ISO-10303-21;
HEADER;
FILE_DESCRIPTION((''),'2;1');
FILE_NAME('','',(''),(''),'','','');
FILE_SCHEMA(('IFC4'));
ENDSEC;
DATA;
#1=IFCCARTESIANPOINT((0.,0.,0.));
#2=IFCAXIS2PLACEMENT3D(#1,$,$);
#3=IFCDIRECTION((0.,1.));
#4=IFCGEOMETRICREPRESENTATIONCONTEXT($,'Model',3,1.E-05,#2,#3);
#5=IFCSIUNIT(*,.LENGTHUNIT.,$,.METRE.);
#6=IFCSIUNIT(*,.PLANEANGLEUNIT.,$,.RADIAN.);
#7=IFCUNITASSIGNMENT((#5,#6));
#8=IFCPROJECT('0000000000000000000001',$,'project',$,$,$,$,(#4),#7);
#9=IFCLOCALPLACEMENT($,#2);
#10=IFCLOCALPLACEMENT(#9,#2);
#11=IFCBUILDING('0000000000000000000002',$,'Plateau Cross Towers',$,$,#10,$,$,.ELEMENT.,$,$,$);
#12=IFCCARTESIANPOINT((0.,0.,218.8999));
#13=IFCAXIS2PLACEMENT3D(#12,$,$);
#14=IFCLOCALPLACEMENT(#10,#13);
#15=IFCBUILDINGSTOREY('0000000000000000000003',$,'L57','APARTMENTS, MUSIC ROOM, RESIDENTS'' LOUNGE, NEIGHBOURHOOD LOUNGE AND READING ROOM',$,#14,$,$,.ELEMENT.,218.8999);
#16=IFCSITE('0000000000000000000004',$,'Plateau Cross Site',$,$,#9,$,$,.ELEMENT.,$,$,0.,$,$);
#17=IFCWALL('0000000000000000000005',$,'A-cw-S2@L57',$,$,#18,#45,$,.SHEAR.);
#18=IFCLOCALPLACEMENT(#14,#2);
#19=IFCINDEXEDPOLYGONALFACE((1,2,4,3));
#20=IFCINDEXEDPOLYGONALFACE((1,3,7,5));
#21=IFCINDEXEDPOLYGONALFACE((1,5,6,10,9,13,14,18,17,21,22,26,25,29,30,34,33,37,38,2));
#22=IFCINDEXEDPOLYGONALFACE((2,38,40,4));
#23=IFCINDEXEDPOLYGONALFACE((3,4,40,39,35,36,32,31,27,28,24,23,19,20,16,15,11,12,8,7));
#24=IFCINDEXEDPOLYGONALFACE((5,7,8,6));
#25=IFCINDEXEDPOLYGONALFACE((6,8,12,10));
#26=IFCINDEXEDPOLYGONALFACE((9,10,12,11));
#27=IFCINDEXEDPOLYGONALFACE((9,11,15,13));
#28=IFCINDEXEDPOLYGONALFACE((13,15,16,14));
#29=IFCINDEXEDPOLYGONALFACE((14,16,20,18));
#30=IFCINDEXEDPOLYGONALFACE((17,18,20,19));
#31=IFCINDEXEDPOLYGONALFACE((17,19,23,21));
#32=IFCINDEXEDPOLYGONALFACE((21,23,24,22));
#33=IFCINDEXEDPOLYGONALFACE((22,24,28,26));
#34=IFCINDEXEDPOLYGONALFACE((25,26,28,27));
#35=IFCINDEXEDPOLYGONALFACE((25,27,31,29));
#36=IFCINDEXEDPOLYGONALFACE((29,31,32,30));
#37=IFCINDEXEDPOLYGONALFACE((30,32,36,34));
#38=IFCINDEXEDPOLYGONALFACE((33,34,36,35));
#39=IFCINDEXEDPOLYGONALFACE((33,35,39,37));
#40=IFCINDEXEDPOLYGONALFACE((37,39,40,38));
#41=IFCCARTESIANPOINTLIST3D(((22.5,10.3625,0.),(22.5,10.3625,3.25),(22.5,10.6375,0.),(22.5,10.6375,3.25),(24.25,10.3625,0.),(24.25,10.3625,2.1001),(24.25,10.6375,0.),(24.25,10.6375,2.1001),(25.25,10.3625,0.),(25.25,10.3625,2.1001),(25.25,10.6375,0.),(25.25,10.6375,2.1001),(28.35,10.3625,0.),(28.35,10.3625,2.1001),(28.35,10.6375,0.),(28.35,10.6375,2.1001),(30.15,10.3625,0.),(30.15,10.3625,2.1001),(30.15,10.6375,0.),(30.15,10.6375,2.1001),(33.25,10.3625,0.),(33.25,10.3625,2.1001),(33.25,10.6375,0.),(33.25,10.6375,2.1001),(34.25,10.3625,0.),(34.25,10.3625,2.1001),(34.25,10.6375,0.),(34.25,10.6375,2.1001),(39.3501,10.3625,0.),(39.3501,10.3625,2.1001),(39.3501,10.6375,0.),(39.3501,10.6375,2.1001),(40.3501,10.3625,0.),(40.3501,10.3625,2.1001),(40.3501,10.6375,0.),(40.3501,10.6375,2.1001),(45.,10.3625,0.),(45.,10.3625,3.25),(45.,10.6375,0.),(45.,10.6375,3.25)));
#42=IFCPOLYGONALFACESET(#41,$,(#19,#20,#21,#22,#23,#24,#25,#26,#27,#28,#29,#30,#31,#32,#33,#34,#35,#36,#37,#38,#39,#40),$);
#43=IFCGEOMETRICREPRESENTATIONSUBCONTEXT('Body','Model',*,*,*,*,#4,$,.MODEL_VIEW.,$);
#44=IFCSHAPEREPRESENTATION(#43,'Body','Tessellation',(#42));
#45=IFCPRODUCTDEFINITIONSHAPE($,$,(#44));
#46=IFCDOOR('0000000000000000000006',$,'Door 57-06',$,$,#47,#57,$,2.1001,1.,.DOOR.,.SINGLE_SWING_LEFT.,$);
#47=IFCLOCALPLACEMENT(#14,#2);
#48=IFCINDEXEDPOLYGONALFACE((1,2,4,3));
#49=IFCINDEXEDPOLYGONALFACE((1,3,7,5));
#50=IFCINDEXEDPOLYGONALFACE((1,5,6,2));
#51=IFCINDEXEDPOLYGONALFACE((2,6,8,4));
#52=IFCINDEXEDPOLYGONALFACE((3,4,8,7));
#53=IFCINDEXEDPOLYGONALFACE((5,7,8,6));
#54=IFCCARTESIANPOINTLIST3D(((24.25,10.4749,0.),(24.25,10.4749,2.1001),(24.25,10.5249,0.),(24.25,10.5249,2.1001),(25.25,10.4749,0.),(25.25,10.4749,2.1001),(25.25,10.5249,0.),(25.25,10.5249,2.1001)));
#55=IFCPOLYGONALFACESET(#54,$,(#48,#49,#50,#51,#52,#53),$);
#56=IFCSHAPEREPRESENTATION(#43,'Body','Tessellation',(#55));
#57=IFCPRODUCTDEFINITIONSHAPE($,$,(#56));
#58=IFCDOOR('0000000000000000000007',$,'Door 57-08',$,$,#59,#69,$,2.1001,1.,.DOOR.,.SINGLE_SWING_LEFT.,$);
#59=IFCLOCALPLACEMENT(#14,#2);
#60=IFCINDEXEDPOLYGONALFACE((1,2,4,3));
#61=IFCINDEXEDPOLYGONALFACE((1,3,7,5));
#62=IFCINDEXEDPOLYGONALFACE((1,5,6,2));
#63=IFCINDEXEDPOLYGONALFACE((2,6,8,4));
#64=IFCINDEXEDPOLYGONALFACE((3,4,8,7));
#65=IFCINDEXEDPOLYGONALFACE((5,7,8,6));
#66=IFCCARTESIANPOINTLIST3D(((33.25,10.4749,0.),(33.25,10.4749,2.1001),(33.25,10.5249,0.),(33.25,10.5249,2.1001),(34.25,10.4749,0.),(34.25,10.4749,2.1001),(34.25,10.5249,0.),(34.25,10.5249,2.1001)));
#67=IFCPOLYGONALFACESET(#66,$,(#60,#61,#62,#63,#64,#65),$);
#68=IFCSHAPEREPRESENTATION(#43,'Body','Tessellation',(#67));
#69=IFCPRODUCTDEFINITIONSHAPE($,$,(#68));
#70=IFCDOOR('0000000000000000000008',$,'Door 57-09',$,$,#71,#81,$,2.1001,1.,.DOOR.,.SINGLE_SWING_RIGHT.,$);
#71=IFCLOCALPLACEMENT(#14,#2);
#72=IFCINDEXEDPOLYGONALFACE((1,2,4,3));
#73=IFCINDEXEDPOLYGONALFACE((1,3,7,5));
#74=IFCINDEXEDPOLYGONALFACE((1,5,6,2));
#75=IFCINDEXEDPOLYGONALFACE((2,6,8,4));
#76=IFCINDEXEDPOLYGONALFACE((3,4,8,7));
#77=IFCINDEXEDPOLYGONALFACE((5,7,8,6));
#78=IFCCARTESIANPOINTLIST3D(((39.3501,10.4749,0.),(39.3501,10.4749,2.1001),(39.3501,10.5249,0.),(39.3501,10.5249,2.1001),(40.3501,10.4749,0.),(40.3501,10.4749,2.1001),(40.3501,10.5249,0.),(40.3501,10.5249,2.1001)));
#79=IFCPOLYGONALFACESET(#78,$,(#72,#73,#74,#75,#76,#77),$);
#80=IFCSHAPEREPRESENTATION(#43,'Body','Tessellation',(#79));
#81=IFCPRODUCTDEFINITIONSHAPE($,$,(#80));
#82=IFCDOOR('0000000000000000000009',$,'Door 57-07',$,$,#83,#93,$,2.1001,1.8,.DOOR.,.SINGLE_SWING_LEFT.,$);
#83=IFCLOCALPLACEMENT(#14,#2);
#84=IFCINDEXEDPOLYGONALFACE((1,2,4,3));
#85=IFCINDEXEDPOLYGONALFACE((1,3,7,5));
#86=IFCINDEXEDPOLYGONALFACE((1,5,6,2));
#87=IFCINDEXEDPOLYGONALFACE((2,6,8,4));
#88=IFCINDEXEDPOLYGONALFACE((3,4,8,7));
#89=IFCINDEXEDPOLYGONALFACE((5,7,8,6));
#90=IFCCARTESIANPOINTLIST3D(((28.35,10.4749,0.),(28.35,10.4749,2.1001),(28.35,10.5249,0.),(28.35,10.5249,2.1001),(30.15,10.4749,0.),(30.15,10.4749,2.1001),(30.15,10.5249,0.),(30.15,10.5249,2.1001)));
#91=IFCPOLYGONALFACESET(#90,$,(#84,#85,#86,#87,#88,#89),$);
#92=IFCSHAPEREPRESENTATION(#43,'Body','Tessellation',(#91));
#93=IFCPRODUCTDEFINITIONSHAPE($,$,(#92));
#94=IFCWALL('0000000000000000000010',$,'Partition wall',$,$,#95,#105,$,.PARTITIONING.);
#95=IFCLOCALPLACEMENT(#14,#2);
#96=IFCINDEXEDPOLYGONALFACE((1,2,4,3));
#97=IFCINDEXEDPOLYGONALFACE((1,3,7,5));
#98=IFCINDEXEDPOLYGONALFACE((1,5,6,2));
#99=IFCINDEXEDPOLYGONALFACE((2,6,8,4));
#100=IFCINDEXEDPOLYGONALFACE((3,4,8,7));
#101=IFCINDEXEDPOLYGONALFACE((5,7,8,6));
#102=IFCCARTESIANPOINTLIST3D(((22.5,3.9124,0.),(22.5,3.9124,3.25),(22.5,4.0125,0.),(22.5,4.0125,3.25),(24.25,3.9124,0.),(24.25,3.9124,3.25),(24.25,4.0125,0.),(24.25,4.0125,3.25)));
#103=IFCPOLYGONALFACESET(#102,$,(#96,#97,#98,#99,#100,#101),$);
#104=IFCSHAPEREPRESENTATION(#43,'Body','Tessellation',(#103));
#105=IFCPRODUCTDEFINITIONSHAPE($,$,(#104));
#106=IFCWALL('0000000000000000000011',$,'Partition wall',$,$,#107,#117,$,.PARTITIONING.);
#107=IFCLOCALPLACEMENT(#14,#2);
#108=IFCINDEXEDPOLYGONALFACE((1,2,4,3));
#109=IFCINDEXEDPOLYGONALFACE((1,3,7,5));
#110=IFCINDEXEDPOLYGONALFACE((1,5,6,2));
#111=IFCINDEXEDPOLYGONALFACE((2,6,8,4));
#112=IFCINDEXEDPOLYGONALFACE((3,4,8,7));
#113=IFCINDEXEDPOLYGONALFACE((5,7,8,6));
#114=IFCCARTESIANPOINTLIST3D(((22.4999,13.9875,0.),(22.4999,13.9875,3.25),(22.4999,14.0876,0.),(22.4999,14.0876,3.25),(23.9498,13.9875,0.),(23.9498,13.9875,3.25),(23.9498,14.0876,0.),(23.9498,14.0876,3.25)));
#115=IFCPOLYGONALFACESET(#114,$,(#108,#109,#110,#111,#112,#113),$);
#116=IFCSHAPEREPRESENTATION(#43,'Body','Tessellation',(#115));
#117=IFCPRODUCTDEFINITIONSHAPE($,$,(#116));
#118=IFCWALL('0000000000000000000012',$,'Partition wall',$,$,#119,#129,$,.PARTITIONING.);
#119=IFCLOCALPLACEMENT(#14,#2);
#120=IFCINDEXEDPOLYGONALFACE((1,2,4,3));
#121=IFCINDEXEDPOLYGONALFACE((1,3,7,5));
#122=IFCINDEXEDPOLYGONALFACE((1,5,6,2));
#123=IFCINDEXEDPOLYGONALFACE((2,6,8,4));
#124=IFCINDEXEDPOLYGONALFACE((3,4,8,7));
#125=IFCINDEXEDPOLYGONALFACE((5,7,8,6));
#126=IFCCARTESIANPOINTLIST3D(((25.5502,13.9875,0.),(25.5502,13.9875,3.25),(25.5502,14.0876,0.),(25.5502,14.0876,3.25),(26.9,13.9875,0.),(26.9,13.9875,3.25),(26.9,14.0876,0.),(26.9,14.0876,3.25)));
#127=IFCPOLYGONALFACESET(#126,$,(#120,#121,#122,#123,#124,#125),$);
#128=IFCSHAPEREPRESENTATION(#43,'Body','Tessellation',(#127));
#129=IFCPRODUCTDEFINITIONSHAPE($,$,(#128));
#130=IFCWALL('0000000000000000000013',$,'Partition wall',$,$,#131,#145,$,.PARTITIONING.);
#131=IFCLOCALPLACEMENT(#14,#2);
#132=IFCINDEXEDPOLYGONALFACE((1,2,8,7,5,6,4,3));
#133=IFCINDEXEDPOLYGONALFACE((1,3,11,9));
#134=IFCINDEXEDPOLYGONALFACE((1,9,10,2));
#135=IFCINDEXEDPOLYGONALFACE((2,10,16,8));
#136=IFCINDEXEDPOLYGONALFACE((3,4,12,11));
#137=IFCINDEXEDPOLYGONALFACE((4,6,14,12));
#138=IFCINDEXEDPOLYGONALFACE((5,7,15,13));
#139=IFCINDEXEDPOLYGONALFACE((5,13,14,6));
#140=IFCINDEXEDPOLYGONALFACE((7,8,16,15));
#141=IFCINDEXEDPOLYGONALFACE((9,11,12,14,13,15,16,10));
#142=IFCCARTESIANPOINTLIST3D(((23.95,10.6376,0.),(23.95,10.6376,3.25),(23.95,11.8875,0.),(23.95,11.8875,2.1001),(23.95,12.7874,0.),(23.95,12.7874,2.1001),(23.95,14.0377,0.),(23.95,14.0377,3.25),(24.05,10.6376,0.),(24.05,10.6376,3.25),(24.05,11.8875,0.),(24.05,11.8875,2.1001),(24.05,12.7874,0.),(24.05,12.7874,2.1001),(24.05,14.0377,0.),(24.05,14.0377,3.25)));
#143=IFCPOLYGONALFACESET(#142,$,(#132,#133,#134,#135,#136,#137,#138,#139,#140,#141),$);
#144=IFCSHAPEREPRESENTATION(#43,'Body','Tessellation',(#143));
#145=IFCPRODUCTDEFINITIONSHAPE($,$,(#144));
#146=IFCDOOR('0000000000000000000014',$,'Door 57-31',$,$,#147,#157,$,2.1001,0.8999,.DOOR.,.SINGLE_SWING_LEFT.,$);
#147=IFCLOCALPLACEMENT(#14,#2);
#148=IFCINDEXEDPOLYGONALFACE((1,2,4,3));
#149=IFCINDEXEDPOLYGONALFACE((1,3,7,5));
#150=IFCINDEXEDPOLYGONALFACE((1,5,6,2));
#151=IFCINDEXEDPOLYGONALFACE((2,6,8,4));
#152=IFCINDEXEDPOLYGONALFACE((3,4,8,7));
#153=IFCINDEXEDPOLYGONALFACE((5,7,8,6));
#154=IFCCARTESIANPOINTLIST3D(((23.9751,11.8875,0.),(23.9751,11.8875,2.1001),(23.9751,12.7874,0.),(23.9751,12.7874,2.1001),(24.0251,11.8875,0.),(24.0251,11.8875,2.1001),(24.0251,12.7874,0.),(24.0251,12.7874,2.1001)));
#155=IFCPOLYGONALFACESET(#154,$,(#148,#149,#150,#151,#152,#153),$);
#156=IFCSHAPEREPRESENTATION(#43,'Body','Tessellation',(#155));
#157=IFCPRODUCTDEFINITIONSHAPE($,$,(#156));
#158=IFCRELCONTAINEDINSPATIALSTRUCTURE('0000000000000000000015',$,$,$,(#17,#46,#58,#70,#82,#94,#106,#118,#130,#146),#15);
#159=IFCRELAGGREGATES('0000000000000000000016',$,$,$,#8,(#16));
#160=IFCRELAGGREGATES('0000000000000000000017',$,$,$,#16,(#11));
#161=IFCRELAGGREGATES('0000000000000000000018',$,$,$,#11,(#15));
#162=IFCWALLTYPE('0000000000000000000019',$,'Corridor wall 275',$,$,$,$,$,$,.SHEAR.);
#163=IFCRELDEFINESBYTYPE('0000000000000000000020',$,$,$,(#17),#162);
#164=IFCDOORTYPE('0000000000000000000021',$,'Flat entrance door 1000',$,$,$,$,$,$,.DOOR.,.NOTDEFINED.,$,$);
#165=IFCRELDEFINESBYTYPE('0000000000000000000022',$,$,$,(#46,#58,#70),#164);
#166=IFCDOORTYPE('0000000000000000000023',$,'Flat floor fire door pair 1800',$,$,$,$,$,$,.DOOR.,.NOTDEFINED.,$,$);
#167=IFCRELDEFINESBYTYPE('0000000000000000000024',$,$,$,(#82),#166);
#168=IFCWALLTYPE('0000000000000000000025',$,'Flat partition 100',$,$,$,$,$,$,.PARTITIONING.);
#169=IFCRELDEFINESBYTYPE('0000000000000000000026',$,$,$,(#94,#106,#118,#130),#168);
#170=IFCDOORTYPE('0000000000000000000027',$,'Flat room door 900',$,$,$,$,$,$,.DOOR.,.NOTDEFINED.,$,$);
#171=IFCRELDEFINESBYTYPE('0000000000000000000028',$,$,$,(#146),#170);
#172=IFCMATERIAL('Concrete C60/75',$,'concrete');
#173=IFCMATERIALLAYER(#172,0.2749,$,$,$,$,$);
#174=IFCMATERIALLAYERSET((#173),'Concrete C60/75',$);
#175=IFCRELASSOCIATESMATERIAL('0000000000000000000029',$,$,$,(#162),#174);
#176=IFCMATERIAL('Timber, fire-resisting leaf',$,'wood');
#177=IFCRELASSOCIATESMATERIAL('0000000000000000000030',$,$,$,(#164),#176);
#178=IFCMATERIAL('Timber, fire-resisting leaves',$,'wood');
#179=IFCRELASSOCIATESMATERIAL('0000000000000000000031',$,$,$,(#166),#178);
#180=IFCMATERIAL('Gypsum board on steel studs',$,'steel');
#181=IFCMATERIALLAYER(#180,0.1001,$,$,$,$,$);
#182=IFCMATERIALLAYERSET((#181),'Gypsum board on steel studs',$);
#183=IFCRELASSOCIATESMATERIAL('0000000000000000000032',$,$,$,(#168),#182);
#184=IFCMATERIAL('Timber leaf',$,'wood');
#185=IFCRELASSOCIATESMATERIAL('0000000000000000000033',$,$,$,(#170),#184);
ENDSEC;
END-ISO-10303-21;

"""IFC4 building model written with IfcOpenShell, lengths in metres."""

from ifc_helpers import new_model, si_unit, direction, frame, frame_2d, origin, place, context, subcontext, project, spatial, rectangle, extrude, material, layer, layer_set, type_object, element, fill, save


model = new_model("IFC4")

# Units and contexts
model_context = context("Model", 3, precision=1e-05, world=origin(), true_north=direction((0.0, 1.0)))
body_context = subcontext(model_context, "Body", "Model", "MODEL_VIEW")
ifc_project = project(units=[si_unit("LENGTHUNIT", "METRE"), si_unit("PLANEANGLEUNIT", "RADIAN")], contexts=[model_context])

# Site, building, storey
site_placement = place(None, origin())
site = spatial("IfcSite", under=ifc_project, at=site_placement, Name="Plateau Cross Site", CompositionType="ELEMENT", RefElevation=0.0)
building_placement = place(site_placement, origin())
building = spatial("IfcBuilding", under=site, at=building_placement, Name="Plateau Cross Towers", CompositionType="ELEMENT")
storey_placement = place(building_placement, frame((0.0, 0.0, 218.8999)))
storey = spatial("IfcBuildingStorey", under=building, at=storey_placement, Name="L57", Description="APARTMENTS, MUSIC ROOM, RESIDENTS' LOUNGE, NEIGHBOURHOOD LOUNGE AND READING ROOM", CompositionType="ELEMENT", Elevation=218.8999)

# Wall, openings, doors
ifc_material_1 = material(Name="Concrete C60/75", Category="concrete")
ifc_layer_1 = layer(ifc_material_1, 0.2749)
ifc_layer_set_1 = layer_set([ifc_layer_1], Name="Concrete C60/75")
wall_type_1 = type_object("IfcWallType", Name="Corridor wall 275", PredefinedType="SHEAR", material=ifc_layer_set_1)
ifc_material_2 = material(Name="Timber, fire-resisting leaf", Category="wood")
door_type_1 = type_object("IfcDoorType", Name="Flat entrance door 1000", OperationType="NOTDEFINED", PredefinedType="DOOR", material=ifc_material_2)
wall_1_placement = place(storey_placement, frame((22.5, 10.5, 0.0), z_axis=(0.0, 0.0, 1.0), x_axis=(1.0, 0.0, 0.0)))
wall_1 = element("IfcWall", 1, at=wall_1_placement, inside=storey, type_object=wall_type_1, Name="A-cw-S2@L57", PredefinedType="SHEAR", context=body_context, shape_type="SweptSolid", body=[
    extrude(rectangle(XDim=22.5, YDim=0.2749, at=frame_2d((11.25, 0.0))), origin(), (0.0, 0.0, 1.0), 3.25),
])
opening_1_placement = place(wall_1_placement, frame((1.75, 0.0, 0.0)))
opening_1 = element("IfcOpeningElement", 2, at=opening_1_placement, cuts=wall_1, PredefinedType="OPENING", context=body_context, shape_type="SweptSolid", body=[
    extrude(rectangle(XDim=1.0, YDim=2.1001, at=frame_2d((0.5, 1.05))), frame((0.0, 0.1475, 0.0), z_axis=(0.0, -1.0, 0.0), x_axis=(1.0, 0.0, 0.0)), (0.0, 0.0, 1.0), 0.2949),
])
opening_2_placement = place(wall_1_placement, frame((5.8501, 0.0, 0.0)))
opening_2 = element("IfcOpeningElement", 3, at=opening_2_placement, cuts=wall_1, PredefinedType="OPENING", context=body_context, shape_type="SweptSolid", body=[
    extrude(rectangle(XDim=1.8, YDim=2.1001, at=frame_2d((0.8999, 1.05))), frame((0.0, 0.1475, 0.0), z_axis=(0.0, -1.0, 0.0), x_axis=(1.0, 0.0, 0.0)), (0.0, 0.0, 1.0), 0.2949),
])
opening_3_placement = place(wall_1_placement, frame((10.75, 0.0, 0.0)))
opening_3 = element("IfcOpeningElement", 4, at=opening_3_placement, cuts=wall_1, PredefinedType="OPENING", context=body_context, shape_type="SweptSolid", body=[
    extrude(rectangle(XDim=1.0, YDim=2.1001, at=frame_2d((0.5, 1.05))), frame((0.0, 0.1475, 0.0), z_axis=(0.0, -1.0, 0.0), x_axis=(1.0, 0.0, 0.0)), (0.0, 0.0, 1.0), 0.2949),
])
opening_4_placement = place(wall_1_placement, frame((16.8501, 0.0, 0.0)))
opening_4 = element("IfcOpeningElement", 5, at=opening_4_placement, cuts=wall_1, PredefinedType="OPENING", context=body_context, shape_type="SweptSolid", body=[
    extrude(rectangle(XDim=1.0, YDim=2.1001, at=frame_2d((0.5, 1.05))), frame((0.0, 0.1475, 0.0), z_axis=(0.0, -1.0, 0.0), x_axis=(1.0, 0.0, 0.0)), (0.0, 0.0, 1.0), 0.2949),
])
door_1_placement = place(opening_1_placement, origin())
door_1 = element("IfcDoor", 6, at=door_1_placement, inside=storey, type_object=door_type_1, Name="Door 57-06", OperationType="SINGLE_SWING_LEFT", OverallHeight=2.1001, OverallWidth=1.0, PredefinedType="DOOR", context=body_context, shape_type="SweptSolid", body=[
    extrude(rectangle(XDim=1.0, YDim=2.1001, at=frame_2d((0.5, 1.05))), frame((0.0, 0.0249, 0.0), z_axis=(0.0, -1.0, 0.0), x_axis=(1.0, 0.0, 0.0)), (0.0, 0.0, 1.0), 0.05),
])
fill(opening_1, door_1)
door_2_placement = place(opening_3_placement, origin())
door_2 = element("IfcDoor", 7, at=door_2_placement, inside=storey, type_object=door_type_1, Name="Door 57-08", OperationType="SINGLE_SWING_LEFT", OverallHeight=2.1001, OverallWidth=1.0, PredefinedType="DOOR", context=body_context, shape_type="SweptSolid", body=[
    extrude(rectangle(XDim=1.0, YDim=2.1001, at=frame_2d((0.5, 1.05))), frame((0.0, 0.0249, 0.0), z_axis=(0.0, -1.0, 0.0), x_axis=(1.0, 0.0, 0.0)), (0.0, 0.0, 1.0), 0.05),
])
fill(opening_3, door_2)
door_3_placement = place(opening_4_placement, origin())
door_3 = element("IfcDoor", 8, at=door_3_placement, inside=storey, type_object=door_type_1, Name="Door 57-09", OperationType="SINGLE_SWING_RIGHT", OverallHeight=2.1001, OverallWidth=1.0, PredefinedType="DOOR", context=body_context, shape_type="SweptSolid", body=[
    extrude(rectangle(XDim=1.0, YDim=2.1001, at=frame_2d((0.5, 1.05))), frame((0.0, 0.0249, 0.0), z_axis=(0.0, -1.0, 0.0), x_axis=(1.0, 0.0, 0.0)), (0.0, 0.0, 1.0), 0.05),
])
fill(opening_4, door_3)
ifc_material_3 = material(Name="Timber, fire-resisting leaves", Category="wood")
door_type_2 = type_object("IfcDoorType", Name="Flat floor fire door pair 1800", OperationType="NOTDEFINED", PredefinedType="DOOR", material=ifc_material_3)
door_4_placement = place(opening_2_placement, origin())
door_4 = element("IfcDoor", 9, at=door_4_placement, inside=storey, type_object=door_type_2, Name="Door 57-07", OperationType="SINGLE_SWING_LEFT", OverallHeight=2.1001, OverallWidth=1.8, PredefinedType="DOOR", context=body_context, shape_type="SweptSolid", body=[
    extrude(rectangle(XDim=1.8, YDim=2.1001, at=frame_2d((0.8999, 1.05))), frame((0.0, 0.0249, 0.0), z_axis=(0.0, -1.0, 0.0), x_axis=(1.0, 0.0, 0.0)), (0.0, 0.0, 1.0), 0.05),
])
fill(opening_2, door_4)

# Walls
ifc_material_4 = material(Name="Gypsum board on steel studs", Category="steel")
ifc_layer_2 = layer(ifc_material_4, 0.1001)
ifc_layer_set_2 = layer_set([ifc_layer_2], Name="Gypsum board on steel studs")
wall_type_2 = type_object("IfcWallType", Name="Flat partition 100", PredefinedType="PARTITIONING", material=ifc_layer_set_2)
wall_2_placement = place(storey_placement, frame((22.5, 3.9624, 0.0), z_axis=(0.0, 0.0, 1.0), x_axis=(1.0, 0.0, 0.0)))
element("IfcWall", 10, at=wall_2_placement, inside=storey, type_object=wall_type_2, Name="Partition wall", PredefinedType="PARTITIONING", context=body_context, shape_type="SweptSolid", body=[
    extrude(rectangle(XDim=1.75, YDim=0.1001, at=frame_2d((0.875, 0.0))), origin(), (0.0, 0.0, 1.0), 3.25),
])
wall_3_placement = place(storey_placement, frame((23.95, 14.0376, 0.0), z_axis=(0.0, 0.0, 1.0), x_axis=(-1.0, 0.0, 0.0)))
element("IfcWall", 11, at=wall_3_placement, inside=storey, type_object=wall_type_2, Name="Partition wall", PredefinedType="PARTITIONING", context=body_context, shape_type="SweptSolid", body=[
    extrude(rectangle(XDim=1.45, YDim=0.1001, at=frame_2d((0.7251, 0.0))), origin(), (0.0, 0.0, 1.0), 3.25),
])
wall_4_placement = place(storey_placement, frame((26.8999, 14.0376, 0.0), z_axis=(0.0, 0.0, 1.0), x_axis=(-1.0, 0.0, 0.0)))
element("IfcWall", 12, at=wall_4_placement, inside=storey, type_object=wall_type_2, Name="Partition wall", PredefinedType="PARTITIONING", context=body_context, shape_type="SweptSolid", body=[
    extrude(rectangle(XDim=1.3499, YDim=0.1001, at=frame_2d((0.6748, 0.0))), origin(), (0.0, 0.0, 1.0), 3.25),
])

# Wall, opening, door
wall_5_placement = place(storey_placement, frame((24.0, 10.6375, 0.0), z_axis=(0.0, 0.0, 1.0), x_axis=(0.0, 1.0, 0.0)))
wall_5 = element("IfcWall", 13, at=wall_5_placement, inside=storey, type_object=wall_type_2, Name="Partition wall", PredefinedType="PARTITIONING", context=body_context, shape_type="SweptSolid", body=[
    extrude(rectangle(XDim=3.4001, YDim=0.1001, at=frame_2d((1.7002, 0.0))), origin(), (0.0, 0.0, 1.0), 3.25),
])
opening_5_placement = place(wall_5_placement, frame((1.25, 0.0, 0.0)))
opening_5 = element("IfcOpeningElement", 14, at=opening_5_placement, cuts=wall_5, PredefinedType="OPENING", context=body_context, shape_type="SweptSolid", body=[
    extrude(rectangle(XDim=0.8999, YDim=2.1001, at=frame_2d((0.45, 1.05))), frame((0.0, 0.0601, 0.0), z_axis=(0.0, -1.0, 0.0), x_axis=(1.0, 0.0, 0.0)), (0.0, 0.0, 1.0), 0.1201),
])
ifc_material_5 = material(Name="Timber leaf", Category="wood")
door_type_3 = type_object("IfcDoorType", Name="Flat room door 900", OperationType="NOTDEFINED", PredefinedType="DOOR", material=ifc_material_5)
door_5_placement = place(opening_5_placement, origin())
door_5 = element("IfcDoor", 15, at=door_5_placement, inside=storey, type_object=door_type_3, Name="Door 57-31", OperationType="SINGLE_SWING_LEFT", OverallHeight=2.1001, OverallWidth=0.8999, PredefinedType="DOOR", context=body_context, shape_type="SweptSolid", body=[
    extrude(rectangle(XDim=0.8999, YDim=2.1001, at=frame_2d((0.45, 1.05))), frame((0.0, 0.0249, 0.0), z_axis=(0.0, -1.0, 0.0), x_axis=(1.0, 0.0, 0.0)), (0.0, 0.0, 1.0), 0.05),
])
fill(opening_5, door_5)

save(model, "model.ifc")
